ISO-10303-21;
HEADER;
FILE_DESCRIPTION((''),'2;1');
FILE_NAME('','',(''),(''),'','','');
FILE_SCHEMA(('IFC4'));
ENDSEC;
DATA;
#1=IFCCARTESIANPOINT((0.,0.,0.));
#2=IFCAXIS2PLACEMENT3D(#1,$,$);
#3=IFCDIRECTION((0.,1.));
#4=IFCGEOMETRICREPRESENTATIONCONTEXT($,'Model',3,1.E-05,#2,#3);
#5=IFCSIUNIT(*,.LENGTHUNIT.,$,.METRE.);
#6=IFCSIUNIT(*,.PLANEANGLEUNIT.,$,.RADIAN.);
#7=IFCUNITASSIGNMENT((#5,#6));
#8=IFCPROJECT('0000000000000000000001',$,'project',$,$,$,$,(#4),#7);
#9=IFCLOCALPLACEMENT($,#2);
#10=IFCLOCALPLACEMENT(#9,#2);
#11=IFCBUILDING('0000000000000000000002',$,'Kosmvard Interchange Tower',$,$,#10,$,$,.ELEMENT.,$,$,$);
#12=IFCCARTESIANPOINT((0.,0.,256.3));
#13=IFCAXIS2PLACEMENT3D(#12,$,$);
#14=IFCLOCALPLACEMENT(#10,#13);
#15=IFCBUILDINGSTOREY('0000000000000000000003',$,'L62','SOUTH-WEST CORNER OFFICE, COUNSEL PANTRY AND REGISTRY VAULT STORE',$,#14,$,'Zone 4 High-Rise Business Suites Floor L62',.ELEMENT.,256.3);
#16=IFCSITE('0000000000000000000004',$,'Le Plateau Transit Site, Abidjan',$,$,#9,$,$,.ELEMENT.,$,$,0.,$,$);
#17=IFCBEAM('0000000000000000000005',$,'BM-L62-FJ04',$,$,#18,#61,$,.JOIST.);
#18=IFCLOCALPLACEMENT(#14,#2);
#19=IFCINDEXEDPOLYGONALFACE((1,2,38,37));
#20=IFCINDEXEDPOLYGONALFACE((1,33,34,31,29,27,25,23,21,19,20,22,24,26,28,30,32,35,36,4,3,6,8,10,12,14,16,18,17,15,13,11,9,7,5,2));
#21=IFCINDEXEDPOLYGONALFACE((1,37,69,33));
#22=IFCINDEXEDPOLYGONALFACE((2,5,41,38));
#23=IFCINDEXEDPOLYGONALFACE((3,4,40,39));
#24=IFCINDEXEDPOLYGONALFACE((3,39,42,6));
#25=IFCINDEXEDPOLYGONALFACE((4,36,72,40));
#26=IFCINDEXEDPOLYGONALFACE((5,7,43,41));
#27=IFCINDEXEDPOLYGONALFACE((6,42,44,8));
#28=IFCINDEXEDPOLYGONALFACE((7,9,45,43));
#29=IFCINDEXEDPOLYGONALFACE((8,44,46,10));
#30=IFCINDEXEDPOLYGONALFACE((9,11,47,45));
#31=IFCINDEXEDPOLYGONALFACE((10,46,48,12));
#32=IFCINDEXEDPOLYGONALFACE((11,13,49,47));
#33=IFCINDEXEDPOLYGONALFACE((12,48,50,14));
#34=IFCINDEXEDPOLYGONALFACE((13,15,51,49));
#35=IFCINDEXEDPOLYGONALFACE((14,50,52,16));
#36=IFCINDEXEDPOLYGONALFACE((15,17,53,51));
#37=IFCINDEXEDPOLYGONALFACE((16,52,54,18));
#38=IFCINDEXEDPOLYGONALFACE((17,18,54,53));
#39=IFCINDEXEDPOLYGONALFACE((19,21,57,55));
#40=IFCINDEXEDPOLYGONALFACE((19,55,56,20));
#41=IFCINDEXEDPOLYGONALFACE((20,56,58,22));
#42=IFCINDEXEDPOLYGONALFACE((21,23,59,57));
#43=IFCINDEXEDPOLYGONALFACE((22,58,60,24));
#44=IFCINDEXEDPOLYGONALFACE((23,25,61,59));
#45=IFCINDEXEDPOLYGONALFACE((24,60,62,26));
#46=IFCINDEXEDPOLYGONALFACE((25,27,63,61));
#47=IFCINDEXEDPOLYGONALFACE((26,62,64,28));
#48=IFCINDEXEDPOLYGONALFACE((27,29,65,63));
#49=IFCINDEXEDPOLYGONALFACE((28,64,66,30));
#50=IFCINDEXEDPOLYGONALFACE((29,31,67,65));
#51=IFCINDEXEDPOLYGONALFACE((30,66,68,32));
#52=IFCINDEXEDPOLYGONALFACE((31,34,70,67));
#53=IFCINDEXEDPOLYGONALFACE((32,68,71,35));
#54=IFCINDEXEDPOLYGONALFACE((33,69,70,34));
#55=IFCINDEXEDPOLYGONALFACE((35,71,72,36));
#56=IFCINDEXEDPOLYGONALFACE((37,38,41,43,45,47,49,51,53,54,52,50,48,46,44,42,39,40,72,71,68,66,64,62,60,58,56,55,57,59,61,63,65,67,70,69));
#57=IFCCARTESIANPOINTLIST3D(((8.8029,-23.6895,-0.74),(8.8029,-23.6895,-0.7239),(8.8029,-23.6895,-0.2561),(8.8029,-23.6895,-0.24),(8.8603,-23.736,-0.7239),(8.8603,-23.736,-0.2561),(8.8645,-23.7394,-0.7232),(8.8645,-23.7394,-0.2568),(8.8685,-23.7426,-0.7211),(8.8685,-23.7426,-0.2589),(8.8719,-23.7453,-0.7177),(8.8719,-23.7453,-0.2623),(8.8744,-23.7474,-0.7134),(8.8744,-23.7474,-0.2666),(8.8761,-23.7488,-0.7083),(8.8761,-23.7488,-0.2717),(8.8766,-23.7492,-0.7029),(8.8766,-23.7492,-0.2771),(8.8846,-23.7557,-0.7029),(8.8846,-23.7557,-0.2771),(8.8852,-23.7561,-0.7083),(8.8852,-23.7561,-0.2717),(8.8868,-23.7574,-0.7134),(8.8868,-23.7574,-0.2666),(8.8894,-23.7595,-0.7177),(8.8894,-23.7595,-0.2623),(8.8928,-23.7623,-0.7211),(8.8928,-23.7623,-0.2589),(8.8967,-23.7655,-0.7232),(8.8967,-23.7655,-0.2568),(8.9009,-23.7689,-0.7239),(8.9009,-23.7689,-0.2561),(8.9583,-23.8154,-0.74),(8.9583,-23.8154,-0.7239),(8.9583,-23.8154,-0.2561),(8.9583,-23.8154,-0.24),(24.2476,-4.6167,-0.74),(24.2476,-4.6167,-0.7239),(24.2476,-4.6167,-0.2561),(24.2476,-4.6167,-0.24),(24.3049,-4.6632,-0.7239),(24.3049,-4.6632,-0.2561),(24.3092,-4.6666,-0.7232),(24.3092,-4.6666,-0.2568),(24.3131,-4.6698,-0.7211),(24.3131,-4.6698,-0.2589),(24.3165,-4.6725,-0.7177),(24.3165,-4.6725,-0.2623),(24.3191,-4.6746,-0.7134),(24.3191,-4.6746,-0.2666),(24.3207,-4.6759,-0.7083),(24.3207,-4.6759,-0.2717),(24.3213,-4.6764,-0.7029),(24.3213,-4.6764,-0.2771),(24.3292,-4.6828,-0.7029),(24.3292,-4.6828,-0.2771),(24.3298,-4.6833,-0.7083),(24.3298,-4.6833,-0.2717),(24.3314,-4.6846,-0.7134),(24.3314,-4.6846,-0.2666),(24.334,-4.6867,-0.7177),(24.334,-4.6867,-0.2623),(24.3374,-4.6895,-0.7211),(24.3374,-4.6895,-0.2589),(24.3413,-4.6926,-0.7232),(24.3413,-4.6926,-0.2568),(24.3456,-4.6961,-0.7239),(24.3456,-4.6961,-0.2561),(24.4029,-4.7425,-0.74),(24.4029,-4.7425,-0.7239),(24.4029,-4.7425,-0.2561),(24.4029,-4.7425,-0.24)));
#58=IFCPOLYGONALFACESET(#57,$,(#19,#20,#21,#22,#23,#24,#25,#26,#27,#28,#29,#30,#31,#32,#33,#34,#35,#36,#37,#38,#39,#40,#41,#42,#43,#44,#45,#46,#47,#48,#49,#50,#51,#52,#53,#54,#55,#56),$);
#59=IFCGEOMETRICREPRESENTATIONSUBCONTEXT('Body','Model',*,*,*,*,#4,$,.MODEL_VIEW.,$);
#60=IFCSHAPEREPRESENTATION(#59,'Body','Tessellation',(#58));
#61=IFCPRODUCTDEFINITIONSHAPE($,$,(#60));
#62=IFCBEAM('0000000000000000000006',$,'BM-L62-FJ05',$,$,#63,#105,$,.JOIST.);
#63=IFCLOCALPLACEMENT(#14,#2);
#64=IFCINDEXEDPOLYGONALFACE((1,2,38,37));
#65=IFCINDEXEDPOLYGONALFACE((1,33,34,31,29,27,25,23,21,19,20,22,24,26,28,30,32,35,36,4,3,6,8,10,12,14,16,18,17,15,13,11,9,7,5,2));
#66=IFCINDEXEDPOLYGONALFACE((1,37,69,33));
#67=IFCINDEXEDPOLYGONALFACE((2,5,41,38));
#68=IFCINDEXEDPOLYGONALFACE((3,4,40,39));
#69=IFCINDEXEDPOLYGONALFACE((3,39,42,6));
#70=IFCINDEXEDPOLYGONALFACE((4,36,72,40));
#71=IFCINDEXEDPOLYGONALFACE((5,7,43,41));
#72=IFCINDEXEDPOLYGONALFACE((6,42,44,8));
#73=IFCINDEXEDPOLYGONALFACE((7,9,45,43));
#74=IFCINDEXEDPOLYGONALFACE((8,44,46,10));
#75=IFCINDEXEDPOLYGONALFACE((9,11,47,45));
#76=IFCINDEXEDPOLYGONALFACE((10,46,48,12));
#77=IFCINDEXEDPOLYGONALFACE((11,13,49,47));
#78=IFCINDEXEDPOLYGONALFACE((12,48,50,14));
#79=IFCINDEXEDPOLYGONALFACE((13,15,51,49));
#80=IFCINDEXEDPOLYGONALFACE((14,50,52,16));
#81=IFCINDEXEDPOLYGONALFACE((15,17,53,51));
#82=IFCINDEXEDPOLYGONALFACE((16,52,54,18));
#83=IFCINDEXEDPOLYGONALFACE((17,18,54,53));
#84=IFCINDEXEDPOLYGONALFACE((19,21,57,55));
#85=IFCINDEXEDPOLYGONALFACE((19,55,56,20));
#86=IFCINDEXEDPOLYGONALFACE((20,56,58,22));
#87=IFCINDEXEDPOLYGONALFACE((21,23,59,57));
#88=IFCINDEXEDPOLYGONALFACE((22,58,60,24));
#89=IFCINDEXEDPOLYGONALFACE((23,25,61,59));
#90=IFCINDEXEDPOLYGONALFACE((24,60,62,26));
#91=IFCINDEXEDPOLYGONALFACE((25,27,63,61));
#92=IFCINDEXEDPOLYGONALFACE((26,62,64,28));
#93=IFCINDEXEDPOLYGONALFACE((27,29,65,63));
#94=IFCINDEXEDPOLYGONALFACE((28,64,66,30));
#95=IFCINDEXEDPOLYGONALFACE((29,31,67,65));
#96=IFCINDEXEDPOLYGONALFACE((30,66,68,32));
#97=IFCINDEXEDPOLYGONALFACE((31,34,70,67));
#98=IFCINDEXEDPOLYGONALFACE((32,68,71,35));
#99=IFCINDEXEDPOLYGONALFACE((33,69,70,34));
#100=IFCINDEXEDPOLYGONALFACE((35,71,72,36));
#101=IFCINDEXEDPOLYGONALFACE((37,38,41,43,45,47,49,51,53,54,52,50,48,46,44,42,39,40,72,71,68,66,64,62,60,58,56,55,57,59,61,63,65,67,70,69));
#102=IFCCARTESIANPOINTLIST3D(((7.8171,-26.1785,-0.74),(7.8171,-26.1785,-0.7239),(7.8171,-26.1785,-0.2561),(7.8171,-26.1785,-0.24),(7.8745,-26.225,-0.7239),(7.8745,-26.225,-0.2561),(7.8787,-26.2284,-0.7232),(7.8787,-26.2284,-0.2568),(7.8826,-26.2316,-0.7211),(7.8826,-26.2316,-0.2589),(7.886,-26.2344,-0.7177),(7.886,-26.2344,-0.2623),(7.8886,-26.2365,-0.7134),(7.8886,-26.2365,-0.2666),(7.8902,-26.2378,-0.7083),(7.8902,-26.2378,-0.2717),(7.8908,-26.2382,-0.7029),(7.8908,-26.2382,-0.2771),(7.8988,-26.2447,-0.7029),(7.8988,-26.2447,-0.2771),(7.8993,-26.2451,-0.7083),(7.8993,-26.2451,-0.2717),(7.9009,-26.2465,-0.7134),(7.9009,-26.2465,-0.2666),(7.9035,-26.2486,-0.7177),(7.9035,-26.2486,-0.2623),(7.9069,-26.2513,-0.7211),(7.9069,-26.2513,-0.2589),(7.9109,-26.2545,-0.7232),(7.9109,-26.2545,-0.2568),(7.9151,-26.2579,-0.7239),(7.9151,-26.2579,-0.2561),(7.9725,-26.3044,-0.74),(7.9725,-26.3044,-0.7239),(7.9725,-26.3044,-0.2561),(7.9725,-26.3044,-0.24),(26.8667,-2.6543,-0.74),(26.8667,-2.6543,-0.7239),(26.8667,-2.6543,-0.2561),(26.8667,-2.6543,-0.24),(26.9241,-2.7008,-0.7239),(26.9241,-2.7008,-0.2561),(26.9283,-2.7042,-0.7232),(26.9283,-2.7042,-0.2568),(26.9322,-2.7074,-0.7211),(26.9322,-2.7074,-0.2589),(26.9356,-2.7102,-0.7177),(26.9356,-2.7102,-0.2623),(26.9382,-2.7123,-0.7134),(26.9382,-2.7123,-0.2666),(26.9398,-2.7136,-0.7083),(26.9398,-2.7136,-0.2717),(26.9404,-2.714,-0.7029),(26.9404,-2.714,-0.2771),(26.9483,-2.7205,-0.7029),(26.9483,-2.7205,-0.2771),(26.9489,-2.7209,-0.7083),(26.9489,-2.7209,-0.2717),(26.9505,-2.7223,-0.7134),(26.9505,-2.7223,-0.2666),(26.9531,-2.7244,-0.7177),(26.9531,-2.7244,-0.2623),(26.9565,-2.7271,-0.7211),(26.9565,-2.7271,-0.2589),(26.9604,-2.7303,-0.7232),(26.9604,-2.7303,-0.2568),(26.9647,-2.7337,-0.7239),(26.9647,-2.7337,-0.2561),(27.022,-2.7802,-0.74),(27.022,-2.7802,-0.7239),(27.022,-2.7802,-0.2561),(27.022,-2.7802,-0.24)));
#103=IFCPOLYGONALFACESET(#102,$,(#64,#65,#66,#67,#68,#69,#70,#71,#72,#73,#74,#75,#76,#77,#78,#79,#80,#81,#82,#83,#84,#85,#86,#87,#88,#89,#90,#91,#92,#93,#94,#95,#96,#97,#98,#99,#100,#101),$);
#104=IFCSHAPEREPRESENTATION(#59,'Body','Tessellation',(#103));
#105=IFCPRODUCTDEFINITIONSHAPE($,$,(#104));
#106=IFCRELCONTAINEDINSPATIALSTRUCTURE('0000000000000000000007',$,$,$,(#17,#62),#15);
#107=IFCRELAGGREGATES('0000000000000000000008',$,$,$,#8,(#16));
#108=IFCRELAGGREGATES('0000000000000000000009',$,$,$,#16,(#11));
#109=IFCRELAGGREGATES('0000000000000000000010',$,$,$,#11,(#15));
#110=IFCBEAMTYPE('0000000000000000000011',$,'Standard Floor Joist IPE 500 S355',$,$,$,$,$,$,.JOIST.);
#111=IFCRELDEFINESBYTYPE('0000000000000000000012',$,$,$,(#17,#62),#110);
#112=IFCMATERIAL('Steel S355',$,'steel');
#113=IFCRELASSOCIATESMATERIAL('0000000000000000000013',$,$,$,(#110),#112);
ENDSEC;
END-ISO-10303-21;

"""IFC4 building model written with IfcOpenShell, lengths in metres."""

from ifc_helpers import new_model, si_unit, direction, frame, origin, origin_2d, place, context, subcontext, project, spatial, i_section, extrude, source, transform, mapped, material, material_profile, profile_set, type_object, element, save


model = new_model("IFC4")

# Units and contexts
model_context = context("Model", 3, precision=1e-05, world=origin(), true_north=direction((0.0, 1.0)))
body_context = subcontext(model_context, "Body", "Model", "MODEL_VIEW")
ifc_project = project(units=[si_unit("LENGTHUNIT", "METRE"), si_unit("PLANEANGLEUNIT", "RADIAN")], contexts=[model_context])

# Site, building, storey
site_placement = place(None, origin())
site = spatial("IfcSite", under=ifc_project, at=site_placement, Name="Le Plateau Transit Site, Abidjan", CompositionType="ELEMENT", RefElevation=0.0)
building_placement = place(site_placement, origin())
building = spatial("IfcBuilding", under=site, at=building_placement, Name="Kosmvard Interchange Tower", CompositionType="ELEMENT")
storey_placement = place(building_placement, frame((0.0, 0.0, 256.3)))
storey = spatial("IfcBuildingStorey", under=building, at=storey_placement, Name="L62", Description="SOUTH-WEST CORNER OFFICE, COUNSEL PANTRY AND REGISTRY VAULT STORE", LongName="Zone 4 High-Rise Business Suites Floor L62", CompositionType="ELEMENT", Elevation=256.3)

# Beams
ifc_material_1 = material(Name="Steel S355", Category="steel")
ifc_material_profile_1 = material_profile(ifc_material_1, i_section(OverallWidth=0.2, OverallDepth=0.5, WebThickness=0.0103, FlangeThickness=0.0161, FilletRadius=0.021, at=origin_2d()), Name="IPE 500")
ifc_profile_set_1 = profile_set([ifc_material_profile_1], Name="Steel S355")
beam_type_1 = type_object("IfcBeamType", Name="Standard Floor Joist IPE 500 S355", PredefinedType="JOIST", material=ifc_profile_set_1)
shared_shape_1 = source(origin(), body_context, "Body", "SweptSolid", [
    extrude(i_section(OverallWidth=0.2, OverallDepth=0.5, WebThickness=0.0103, FlangeThickness=0.0161, FilletRadius=0.021, at=origin_2d()), origin(), (0.0, 0.0, 1.0), 24.542),
])
beam_1_placement = place(storey_placement, frame((8.8806, -23.7524, -0.49), z_axis=(0.629315, 0.777151, 0.0), x_axis=(-0.777151, 0.629315, 0.0)))
element("IfcBeam", 1, at=beam_1_placement, inside=storey, type_object=beam_type_1, Name="BM-L62-FJ04", PredefinedType="JOIST", context=body_context, shape_type="MappedRepresentation", body=[
    mapped(shared_shape_1, transform((0.0, 0.0, 0.0), scale=1.0)),
])
shared_shape_2 = source(origin(), body_context, "Body", "SweptSolid", [
    extrude(i_section(OverallWidth=0.2, OverallDepth=0.5, WebThickness=0.0103, FlangeThickness=0.0161, FilletRadius=0.021, at=origin_2d()), origin(), (0.0, 0.0, 1.0), 30.27),
])
beam_2_placement = place(storey_placement, frame((7.8948, -26.2415, -0.49), z_axis=(0.629322, 0.777145, 0.0), x_axis=(-0.777145, 0.629322, 0.0)))
element("IfcBeam", 2, at=beam_2_placement, inside=storey, type_object=beam_type_1, Name="BM-L62-FJ05", PredefinedType="JOIST", context=body_context, shape_type="MappedRepresentation", body=[
    mapped(shared_shape_2, transform((0.0, 0.0, 0.0), scale=1.0)),
])

save(model, "model.ifc")
